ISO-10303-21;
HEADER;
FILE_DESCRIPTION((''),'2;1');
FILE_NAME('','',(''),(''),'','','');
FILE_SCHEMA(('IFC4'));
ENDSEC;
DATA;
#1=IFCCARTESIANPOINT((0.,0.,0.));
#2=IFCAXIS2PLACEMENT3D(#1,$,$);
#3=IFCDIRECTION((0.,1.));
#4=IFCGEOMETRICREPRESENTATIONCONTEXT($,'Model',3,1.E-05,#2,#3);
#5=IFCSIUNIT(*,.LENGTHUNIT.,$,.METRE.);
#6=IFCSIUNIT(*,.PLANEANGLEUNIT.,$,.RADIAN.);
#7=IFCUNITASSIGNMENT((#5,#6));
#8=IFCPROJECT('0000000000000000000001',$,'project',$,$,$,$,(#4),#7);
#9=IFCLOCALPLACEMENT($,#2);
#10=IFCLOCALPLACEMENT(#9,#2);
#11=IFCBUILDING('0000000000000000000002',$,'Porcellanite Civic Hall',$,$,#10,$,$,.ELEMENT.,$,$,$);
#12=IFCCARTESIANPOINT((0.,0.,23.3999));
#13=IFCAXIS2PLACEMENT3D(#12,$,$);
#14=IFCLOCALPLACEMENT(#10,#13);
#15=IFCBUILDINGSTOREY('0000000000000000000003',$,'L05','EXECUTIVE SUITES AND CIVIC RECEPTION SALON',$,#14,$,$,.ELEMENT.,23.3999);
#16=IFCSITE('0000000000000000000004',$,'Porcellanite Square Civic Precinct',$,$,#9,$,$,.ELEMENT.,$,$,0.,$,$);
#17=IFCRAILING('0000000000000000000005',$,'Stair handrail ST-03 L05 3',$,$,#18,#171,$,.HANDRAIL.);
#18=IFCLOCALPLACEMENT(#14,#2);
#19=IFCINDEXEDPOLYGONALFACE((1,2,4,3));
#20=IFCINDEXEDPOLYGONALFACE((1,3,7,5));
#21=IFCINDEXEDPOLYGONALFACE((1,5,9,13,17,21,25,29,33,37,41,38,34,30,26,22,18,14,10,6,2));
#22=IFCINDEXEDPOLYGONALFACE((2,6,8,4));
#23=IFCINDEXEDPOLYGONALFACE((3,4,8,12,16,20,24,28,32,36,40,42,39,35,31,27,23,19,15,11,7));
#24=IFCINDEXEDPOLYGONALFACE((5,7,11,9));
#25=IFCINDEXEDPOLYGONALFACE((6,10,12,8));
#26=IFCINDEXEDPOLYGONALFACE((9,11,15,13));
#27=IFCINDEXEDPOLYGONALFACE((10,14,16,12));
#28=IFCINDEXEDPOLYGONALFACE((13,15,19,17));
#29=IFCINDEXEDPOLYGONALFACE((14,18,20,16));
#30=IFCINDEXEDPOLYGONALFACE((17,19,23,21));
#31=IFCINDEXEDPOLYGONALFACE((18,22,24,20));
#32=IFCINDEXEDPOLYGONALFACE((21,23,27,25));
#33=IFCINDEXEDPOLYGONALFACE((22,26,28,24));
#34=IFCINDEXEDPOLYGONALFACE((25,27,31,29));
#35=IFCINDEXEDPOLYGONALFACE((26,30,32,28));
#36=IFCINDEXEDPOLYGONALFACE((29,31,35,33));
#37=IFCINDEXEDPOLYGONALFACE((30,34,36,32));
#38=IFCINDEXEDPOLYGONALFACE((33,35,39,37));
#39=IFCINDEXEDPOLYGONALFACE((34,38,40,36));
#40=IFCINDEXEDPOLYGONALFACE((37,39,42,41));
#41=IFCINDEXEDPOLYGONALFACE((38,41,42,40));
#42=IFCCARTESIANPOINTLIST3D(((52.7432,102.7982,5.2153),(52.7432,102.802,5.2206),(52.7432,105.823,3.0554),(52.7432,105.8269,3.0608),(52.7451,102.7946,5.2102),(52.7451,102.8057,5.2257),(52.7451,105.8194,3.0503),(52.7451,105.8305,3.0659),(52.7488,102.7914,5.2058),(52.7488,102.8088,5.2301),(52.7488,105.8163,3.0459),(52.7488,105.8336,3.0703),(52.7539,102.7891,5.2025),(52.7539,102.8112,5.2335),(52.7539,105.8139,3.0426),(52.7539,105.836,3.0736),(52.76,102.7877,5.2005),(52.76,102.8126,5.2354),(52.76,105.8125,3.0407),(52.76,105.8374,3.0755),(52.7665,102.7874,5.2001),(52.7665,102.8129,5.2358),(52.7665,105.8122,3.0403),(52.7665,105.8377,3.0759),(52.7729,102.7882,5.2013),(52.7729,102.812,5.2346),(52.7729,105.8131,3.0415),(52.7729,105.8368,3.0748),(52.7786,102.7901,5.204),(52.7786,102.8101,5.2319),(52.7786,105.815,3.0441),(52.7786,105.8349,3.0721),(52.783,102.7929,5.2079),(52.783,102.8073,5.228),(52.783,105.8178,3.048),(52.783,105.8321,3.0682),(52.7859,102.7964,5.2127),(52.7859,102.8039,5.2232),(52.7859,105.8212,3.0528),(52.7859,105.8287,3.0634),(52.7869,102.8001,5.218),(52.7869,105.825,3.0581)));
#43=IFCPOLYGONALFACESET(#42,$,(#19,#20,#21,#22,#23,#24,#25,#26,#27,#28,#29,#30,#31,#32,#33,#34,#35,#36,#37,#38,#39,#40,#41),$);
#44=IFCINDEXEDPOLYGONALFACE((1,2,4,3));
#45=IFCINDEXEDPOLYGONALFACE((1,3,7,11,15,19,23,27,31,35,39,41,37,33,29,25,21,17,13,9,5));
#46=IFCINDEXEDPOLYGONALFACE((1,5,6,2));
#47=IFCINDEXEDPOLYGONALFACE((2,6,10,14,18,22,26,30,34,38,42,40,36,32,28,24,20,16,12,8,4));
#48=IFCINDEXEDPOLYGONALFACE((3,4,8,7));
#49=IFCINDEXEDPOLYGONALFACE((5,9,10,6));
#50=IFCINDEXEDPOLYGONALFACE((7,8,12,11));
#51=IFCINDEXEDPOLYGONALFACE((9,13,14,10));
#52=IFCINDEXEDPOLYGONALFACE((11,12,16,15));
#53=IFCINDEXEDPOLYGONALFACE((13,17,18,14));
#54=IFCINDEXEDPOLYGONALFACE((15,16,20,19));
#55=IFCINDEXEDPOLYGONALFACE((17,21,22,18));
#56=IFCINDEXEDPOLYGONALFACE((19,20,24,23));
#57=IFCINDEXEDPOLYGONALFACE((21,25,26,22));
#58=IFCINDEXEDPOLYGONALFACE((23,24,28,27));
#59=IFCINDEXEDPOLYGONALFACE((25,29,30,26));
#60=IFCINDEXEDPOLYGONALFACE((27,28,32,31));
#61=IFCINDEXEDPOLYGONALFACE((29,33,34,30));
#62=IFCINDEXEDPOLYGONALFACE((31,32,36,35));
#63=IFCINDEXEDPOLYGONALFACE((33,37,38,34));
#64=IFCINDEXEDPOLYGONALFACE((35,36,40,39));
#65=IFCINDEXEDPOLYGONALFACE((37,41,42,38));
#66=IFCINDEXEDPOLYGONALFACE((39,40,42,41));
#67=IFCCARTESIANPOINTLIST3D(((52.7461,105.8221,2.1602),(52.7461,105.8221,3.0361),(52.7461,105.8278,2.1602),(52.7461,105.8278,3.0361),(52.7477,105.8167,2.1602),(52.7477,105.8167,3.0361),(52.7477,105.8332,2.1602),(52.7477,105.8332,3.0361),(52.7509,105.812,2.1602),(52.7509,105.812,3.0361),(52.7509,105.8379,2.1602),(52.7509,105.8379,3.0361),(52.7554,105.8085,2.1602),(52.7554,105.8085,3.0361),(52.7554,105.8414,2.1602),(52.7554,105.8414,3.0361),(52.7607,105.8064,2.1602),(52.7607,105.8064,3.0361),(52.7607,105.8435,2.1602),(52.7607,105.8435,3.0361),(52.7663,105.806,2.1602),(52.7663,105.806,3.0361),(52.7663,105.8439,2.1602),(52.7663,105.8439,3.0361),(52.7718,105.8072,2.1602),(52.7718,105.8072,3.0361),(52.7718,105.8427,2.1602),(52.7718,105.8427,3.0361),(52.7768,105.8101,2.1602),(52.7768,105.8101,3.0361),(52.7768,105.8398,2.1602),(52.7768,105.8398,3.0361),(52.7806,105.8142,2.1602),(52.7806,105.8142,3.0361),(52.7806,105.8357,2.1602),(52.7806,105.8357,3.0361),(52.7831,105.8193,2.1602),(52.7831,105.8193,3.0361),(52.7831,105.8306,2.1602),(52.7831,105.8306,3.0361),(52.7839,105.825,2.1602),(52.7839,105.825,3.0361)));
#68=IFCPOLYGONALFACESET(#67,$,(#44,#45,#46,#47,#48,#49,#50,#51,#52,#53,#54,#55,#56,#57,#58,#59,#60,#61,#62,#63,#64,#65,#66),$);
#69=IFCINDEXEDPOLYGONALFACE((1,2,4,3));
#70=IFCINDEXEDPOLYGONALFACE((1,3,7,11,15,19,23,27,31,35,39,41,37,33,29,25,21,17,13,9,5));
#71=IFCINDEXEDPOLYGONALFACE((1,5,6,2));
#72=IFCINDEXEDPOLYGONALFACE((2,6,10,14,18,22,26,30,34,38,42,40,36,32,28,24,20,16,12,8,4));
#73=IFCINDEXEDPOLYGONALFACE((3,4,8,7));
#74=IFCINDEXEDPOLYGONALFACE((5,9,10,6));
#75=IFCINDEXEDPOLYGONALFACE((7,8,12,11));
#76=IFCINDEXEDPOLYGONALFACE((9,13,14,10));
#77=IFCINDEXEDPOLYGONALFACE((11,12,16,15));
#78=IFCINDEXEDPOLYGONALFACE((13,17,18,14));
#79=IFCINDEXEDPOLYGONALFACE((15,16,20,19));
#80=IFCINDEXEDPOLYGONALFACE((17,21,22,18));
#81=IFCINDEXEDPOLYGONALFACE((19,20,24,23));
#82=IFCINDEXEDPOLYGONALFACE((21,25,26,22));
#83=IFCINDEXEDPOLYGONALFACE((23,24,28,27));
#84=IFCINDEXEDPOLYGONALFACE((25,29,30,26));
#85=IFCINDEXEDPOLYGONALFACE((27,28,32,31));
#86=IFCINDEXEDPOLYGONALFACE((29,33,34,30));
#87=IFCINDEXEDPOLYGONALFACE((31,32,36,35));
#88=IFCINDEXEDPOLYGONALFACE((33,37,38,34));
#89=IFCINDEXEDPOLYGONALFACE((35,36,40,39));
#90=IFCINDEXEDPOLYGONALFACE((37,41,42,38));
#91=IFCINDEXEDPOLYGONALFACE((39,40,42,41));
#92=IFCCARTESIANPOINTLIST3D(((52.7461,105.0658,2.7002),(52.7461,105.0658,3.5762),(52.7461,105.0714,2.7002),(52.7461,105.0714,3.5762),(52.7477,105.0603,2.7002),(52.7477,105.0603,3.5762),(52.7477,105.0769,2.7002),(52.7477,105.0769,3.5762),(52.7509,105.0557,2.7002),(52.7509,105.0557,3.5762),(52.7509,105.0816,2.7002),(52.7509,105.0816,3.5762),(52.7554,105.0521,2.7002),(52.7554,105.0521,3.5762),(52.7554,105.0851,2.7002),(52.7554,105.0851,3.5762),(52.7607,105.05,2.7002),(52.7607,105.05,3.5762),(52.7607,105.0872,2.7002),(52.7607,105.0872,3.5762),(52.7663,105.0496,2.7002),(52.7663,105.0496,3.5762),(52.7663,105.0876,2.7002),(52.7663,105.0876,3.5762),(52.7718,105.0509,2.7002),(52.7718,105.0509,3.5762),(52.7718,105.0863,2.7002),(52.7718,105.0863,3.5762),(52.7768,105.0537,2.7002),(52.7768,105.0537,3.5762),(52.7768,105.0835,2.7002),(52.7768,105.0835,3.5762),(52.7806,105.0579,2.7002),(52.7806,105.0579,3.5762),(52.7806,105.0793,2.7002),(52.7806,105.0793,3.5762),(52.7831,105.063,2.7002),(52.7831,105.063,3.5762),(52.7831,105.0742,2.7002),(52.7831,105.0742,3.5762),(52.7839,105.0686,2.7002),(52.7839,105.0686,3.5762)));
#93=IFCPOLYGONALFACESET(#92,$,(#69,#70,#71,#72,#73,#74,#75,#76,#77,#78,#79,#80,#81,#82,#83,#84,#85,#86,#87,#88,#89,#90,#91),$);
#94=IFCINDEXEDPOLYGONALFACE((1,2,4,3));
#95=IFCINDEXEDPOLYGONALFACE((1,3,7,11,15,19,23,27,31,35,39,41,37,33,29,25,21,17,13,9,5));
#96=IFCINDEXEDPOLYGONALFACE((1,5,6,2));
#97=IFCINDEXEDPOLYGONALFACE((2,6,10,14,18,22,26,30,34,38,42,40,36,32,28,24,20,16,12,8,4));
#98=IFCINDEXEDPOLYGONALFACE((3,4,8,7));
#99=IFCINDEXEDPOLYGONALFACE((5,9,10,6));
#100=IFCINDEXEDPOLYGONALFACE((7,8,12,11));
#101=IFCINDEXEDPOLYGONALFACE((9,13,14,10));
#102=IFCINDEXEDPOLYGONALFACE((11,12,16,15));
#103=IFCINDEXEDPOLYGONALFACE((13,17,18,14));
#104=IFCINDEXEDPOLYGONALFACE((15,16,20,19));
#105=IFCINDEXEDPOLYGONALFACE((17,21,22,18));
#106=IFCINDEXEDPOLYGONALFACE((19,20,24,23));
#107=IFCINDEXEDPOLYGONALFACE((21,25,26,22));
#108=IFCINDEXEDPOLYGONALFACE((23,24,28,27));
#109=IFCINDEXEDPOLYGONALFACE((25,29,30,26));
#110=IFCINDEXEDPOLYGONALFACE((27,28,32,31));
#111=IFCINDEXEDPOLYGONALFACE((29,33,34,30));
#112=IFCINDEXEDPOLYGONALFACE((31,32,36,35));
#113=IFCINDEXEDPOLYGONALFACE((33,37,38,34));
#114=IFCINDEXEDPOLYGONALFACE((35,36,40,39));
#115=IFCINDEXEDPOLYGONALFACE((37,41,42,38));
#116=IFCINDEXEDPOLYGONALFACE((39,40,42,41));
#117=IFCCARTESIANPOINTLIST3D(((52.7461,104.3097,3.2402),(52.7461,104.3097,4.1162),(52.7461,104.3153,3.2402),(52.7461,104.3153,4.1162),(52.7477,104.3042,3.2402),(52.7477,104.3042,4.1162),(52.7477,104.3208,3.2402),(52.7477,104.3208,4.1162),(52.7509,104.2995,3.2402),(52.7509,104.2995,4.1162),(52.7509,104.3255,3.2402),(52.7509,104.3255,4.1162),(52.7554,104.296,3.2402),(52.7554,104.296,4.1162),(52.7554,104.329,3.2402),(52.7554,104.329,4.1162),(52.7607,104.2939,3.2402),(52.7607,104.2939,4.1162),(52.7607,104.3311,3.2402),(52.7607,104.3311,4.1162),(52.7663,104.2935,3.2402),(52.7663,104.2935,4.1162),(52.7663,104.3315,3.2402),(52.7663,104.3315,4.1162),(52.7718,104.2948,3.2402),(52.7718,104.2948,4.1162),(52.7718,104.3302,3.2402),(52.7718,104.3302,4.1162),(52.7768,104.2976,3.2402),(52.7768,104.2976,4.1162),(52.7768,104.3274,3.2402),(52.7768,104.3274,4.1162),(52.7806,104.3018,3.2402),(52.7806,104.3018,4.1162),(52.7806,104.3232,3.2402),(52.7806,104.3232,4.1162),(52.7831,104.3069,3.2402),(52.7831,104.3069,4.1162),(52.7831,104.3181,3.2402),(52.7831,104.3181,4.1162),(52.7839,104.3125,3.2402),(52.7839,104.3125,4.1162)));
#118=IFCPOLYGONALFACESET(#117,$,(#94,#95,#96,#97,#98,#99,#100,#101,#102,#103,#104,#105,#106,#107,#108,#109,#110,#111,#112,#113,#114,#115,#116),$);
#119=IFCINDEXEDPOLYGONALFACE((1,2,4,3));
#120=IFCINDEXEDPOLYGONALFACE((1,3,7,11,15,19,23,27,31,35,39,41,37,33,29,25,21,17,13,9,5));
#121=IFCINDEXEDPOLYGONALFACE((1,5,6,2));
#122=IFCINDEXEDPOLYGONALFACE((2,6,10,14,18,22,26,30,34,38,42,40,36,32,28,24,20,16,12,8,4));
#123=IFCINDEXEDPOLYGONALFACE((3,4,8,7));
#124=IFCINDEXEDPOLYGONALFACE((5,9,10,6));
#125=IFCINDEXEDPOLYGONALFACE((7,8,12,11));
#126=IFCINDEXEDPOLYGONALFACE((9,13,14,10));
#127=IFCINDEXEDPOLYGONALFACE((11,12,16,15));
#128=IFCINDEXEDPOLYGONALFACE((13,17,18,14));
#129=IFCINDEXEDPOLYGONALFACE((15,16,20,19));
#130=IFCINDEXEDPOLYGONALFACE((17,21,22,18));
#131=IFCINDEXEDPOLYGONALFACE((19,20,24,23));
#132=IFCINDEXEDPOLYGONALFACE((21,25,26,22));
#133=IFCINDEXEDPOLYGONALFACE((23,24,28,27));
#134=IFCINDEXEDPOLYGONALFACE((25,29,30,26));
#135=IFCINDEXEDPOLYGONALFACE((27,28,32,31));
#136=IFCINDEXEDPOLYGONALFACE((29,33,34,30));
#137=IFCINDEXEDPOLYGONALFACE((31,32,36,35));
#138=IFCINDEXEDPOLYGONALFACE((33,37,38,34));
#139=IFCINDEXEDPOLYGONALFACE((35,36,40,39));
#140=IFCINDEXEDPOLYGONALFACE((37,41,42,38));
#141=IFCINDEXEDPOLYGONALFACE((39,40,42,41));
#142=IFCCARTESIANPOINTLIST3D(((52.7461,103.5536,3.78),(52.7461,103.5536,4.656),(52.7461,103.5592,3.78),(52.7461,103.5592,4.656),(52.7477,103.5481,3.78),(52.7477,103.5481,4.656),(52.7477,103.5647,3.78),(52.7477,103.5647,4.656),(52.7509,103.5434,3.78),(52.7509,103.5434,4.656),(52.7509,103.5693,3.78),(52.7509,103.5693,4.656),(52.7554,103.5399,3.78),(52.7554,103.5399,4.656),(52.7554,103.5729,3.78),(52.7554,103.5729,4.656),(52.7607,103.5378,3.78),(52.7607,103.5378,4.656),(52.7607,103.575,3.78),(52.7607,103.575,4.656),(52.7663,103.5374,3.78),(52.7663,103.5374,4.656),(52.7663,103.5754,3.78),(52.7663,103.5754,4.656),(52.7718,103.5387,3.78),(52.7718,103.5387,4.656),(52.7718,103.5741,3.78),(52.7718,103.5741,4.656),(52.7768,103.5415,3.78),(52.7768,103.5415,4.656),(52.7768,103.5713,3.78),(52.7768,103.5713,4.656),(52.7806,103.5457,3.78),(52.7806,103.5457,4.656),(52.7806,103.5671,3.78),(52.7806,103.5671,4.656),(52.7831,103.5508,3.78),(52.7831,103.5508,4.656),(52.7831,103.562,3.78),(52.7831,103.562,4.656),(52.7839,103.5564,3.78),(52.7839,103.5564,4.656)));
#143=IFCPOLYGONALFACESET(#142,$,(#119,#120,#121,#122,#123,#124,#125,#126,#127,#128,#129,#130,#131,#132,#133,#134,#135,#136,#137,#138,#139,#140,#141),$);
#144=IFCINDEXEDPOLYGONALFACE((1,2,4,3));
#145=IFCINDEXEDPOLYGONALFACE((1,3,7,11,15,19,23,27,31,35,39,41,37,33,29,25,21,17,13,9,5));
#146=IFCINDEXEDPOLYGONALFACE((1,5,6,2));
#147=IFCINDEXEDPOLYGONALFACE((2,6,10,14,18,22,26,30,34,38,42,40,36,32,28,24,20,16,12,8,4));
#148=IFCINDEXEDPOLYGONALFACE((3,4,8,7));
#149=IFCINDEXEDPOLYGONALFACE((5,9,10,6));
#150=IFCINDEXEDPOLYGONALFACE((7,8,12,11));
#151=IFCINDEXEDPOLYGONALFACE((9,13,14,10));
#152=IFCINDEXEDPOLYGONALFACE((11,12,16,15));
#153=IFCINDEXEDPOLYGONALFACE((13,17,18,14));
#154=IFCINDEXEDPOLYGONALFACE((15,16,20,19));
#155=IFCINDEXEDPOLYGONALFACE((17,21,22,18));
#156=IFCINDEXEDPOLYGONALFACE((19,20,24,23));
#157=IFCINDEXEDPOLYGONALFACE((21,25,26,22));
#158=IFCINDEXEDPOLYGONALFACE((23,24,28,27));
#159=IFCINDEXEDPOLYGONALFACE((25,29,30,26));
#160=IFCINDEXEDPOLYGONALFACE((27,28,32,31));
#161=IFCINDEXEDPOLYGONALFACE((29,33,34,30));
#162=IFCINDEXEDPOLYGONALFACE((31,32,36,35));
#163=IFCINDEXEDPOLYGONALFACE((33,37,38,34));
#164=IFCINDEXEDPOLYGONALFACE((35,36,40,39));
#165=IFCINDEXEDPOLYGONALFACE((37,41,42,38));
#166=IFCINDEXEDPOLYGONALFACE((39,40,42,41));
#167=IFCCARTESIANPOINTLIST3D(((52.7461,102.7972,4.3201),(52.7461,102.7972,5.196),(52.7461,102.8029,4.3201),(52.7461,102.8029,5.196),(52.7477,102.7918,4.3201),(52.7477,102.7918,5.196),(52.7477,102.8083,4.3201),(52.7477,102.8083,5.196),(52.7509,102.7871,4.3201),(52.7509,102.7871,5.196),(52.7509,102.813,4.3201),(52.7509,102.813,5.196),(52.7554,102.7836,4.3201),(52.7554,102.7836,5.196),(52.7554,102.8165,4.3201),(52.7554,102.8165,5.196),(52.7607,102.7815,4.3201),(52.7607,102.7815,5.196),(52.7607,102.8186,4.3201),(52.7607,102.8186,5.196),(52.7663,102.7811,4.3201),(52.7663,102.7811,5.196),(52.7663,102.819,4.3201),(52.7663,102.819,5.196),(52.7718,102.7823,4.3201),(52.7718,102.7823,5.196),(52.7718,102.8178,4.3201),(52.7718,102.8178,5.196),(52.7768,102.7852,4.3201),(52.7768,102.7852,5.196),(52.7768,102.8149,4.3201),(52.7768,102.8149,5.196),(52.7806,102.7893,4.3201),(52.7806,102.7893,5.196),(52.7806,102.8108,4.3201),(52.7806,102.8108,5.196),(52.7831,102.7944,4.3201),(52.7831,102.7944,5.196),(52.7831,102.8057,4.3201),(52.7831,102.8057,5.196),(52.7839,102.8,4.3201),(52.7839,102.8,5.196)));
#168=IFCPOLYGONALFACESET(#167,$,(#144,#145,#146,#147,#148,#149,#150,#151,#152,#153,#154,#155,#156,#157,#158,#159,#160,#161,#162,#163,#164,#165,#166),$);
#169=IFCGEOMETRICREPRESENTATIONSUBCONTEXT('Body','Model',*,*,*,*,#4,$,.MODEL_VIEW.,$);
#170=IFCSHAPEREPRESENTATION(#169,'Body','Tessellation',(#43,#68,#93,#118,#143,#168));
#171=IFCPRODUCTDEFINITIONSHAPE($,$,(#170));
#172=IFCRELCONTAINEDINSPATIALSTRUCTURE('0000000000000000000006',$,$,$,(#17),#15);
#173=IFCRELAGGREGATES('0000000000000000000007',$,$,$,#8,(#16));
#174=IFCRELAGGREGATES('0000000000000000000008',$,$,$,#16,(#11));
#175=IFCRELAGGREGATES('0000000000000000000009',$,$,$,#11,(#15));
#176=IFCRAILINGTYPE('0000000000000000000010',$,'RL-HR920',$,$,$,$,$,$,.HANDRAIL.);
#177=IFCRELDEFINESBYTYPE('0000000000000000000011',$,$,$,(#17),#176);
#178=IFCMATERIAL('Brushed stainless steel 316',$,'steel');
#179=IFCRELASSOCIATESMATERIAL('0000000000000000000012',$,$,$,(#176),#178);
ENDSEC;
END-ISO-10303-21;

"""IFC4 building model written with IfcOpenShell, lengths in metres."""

from ifc_helpers import new_model, si_unit, direction, frame, origin, origin_2d, place, context, subcontext, project, spatial, circle, extrude, material, type_object, element, save


model = new_model("IFC4")

# Units and contexts
model_context = context("Model", 3, precision=1e-05, world=origin(), true_north=direction((0.0, 1.0)))
body_context = subcontext(model_context, "Body", "Model", "MODEL_VIEW")
ifc_project = project(units=[si_unit("LENGTHUNIT", "METRE"), si_unit("PLANEANGLEUNIT", "RADIAN")], contexts=[model_context])

# Site, building, storey
site_placement = place(None, origin())
site = spatial("IfcSite", under=ifc_project, at=site_placement, Name="Porcellanite Square Civic Precinct", CompositionType="ELEMENT", RefElevation=0.0)
building_placement = place(site_placement, origin())
building = spatial("IfcBuilding", under=site, at=building_placement, Name="Porcellanite Civic Hall", CompositionType="ELEMENT")
storey_placement = place(building_placement, frame((0.0, 0.0, 23.3999)))
storey = spatial("IfcBuildingStorey", under=building, at=storey_placement, Name="L05", Description="EXECUTIVE SUITES AND CIVIC RECEPTION SALON", CompositionType="ELEMENT", Elevation=23.3999)

# Railing
ifc_material_1 = material(Name="Brushed stainless steel 316", Category="steel")
railing_type_1 = type_object("IfcRailingType", Name="RL-HR920", PredefinedType="HANDRAIL", material=ifc_material_1)
railing_1_placement = place(storey_placement, frame((52.7649, 105.825, 2.1602)))
element("IfcRailing", 1, at=railing_1_placement, inside=storey, type_object=railing_type_1, Name="Stair handrail ST-03 L05 3", PredefinedType="HANDRAIL", context=body_context, shape_type="SweptSolid", body=[
    extrude(circle(Radius=0.022, at=origin_2d()), frame((0.0, 0.0, 0.8979), z_axis=(0.0, -0.813827, 0.581108), x_axis=(1.0, 0.0, 0.0)), (0.0, 0.0, 1.0), 3.7168),
    extrude(circle(Radius=0.019, at=origin_2d()), origin(), (0.0, 0.0, 1.0), 0.876),
    extrude(circle(Radius=0.019, at=origin_2d()), frame((0.0, -0.7563, 0.54)), (0.0, 0.0, 1.0), 0.876),
    extrude(circle(Radius=0.019, at=origin_2d()), frame((0.0, -1.5125, 1.0801)), (0.0, 0.0, 1.0), 0.876),
    extrude(circle(Radius=0.019, at=origin_2d()), frame((0.0, -2.2686, 1.6199)), (0.0, 0.0, 1.0), 0.876),
    extrude(circle(Radius=0.019, at=origin_2d()), frame((0.0, -3.0249, 2.1599)), (0.0, 0.0, 1.0), 0.876),
])

save(model, "model.ifc")
